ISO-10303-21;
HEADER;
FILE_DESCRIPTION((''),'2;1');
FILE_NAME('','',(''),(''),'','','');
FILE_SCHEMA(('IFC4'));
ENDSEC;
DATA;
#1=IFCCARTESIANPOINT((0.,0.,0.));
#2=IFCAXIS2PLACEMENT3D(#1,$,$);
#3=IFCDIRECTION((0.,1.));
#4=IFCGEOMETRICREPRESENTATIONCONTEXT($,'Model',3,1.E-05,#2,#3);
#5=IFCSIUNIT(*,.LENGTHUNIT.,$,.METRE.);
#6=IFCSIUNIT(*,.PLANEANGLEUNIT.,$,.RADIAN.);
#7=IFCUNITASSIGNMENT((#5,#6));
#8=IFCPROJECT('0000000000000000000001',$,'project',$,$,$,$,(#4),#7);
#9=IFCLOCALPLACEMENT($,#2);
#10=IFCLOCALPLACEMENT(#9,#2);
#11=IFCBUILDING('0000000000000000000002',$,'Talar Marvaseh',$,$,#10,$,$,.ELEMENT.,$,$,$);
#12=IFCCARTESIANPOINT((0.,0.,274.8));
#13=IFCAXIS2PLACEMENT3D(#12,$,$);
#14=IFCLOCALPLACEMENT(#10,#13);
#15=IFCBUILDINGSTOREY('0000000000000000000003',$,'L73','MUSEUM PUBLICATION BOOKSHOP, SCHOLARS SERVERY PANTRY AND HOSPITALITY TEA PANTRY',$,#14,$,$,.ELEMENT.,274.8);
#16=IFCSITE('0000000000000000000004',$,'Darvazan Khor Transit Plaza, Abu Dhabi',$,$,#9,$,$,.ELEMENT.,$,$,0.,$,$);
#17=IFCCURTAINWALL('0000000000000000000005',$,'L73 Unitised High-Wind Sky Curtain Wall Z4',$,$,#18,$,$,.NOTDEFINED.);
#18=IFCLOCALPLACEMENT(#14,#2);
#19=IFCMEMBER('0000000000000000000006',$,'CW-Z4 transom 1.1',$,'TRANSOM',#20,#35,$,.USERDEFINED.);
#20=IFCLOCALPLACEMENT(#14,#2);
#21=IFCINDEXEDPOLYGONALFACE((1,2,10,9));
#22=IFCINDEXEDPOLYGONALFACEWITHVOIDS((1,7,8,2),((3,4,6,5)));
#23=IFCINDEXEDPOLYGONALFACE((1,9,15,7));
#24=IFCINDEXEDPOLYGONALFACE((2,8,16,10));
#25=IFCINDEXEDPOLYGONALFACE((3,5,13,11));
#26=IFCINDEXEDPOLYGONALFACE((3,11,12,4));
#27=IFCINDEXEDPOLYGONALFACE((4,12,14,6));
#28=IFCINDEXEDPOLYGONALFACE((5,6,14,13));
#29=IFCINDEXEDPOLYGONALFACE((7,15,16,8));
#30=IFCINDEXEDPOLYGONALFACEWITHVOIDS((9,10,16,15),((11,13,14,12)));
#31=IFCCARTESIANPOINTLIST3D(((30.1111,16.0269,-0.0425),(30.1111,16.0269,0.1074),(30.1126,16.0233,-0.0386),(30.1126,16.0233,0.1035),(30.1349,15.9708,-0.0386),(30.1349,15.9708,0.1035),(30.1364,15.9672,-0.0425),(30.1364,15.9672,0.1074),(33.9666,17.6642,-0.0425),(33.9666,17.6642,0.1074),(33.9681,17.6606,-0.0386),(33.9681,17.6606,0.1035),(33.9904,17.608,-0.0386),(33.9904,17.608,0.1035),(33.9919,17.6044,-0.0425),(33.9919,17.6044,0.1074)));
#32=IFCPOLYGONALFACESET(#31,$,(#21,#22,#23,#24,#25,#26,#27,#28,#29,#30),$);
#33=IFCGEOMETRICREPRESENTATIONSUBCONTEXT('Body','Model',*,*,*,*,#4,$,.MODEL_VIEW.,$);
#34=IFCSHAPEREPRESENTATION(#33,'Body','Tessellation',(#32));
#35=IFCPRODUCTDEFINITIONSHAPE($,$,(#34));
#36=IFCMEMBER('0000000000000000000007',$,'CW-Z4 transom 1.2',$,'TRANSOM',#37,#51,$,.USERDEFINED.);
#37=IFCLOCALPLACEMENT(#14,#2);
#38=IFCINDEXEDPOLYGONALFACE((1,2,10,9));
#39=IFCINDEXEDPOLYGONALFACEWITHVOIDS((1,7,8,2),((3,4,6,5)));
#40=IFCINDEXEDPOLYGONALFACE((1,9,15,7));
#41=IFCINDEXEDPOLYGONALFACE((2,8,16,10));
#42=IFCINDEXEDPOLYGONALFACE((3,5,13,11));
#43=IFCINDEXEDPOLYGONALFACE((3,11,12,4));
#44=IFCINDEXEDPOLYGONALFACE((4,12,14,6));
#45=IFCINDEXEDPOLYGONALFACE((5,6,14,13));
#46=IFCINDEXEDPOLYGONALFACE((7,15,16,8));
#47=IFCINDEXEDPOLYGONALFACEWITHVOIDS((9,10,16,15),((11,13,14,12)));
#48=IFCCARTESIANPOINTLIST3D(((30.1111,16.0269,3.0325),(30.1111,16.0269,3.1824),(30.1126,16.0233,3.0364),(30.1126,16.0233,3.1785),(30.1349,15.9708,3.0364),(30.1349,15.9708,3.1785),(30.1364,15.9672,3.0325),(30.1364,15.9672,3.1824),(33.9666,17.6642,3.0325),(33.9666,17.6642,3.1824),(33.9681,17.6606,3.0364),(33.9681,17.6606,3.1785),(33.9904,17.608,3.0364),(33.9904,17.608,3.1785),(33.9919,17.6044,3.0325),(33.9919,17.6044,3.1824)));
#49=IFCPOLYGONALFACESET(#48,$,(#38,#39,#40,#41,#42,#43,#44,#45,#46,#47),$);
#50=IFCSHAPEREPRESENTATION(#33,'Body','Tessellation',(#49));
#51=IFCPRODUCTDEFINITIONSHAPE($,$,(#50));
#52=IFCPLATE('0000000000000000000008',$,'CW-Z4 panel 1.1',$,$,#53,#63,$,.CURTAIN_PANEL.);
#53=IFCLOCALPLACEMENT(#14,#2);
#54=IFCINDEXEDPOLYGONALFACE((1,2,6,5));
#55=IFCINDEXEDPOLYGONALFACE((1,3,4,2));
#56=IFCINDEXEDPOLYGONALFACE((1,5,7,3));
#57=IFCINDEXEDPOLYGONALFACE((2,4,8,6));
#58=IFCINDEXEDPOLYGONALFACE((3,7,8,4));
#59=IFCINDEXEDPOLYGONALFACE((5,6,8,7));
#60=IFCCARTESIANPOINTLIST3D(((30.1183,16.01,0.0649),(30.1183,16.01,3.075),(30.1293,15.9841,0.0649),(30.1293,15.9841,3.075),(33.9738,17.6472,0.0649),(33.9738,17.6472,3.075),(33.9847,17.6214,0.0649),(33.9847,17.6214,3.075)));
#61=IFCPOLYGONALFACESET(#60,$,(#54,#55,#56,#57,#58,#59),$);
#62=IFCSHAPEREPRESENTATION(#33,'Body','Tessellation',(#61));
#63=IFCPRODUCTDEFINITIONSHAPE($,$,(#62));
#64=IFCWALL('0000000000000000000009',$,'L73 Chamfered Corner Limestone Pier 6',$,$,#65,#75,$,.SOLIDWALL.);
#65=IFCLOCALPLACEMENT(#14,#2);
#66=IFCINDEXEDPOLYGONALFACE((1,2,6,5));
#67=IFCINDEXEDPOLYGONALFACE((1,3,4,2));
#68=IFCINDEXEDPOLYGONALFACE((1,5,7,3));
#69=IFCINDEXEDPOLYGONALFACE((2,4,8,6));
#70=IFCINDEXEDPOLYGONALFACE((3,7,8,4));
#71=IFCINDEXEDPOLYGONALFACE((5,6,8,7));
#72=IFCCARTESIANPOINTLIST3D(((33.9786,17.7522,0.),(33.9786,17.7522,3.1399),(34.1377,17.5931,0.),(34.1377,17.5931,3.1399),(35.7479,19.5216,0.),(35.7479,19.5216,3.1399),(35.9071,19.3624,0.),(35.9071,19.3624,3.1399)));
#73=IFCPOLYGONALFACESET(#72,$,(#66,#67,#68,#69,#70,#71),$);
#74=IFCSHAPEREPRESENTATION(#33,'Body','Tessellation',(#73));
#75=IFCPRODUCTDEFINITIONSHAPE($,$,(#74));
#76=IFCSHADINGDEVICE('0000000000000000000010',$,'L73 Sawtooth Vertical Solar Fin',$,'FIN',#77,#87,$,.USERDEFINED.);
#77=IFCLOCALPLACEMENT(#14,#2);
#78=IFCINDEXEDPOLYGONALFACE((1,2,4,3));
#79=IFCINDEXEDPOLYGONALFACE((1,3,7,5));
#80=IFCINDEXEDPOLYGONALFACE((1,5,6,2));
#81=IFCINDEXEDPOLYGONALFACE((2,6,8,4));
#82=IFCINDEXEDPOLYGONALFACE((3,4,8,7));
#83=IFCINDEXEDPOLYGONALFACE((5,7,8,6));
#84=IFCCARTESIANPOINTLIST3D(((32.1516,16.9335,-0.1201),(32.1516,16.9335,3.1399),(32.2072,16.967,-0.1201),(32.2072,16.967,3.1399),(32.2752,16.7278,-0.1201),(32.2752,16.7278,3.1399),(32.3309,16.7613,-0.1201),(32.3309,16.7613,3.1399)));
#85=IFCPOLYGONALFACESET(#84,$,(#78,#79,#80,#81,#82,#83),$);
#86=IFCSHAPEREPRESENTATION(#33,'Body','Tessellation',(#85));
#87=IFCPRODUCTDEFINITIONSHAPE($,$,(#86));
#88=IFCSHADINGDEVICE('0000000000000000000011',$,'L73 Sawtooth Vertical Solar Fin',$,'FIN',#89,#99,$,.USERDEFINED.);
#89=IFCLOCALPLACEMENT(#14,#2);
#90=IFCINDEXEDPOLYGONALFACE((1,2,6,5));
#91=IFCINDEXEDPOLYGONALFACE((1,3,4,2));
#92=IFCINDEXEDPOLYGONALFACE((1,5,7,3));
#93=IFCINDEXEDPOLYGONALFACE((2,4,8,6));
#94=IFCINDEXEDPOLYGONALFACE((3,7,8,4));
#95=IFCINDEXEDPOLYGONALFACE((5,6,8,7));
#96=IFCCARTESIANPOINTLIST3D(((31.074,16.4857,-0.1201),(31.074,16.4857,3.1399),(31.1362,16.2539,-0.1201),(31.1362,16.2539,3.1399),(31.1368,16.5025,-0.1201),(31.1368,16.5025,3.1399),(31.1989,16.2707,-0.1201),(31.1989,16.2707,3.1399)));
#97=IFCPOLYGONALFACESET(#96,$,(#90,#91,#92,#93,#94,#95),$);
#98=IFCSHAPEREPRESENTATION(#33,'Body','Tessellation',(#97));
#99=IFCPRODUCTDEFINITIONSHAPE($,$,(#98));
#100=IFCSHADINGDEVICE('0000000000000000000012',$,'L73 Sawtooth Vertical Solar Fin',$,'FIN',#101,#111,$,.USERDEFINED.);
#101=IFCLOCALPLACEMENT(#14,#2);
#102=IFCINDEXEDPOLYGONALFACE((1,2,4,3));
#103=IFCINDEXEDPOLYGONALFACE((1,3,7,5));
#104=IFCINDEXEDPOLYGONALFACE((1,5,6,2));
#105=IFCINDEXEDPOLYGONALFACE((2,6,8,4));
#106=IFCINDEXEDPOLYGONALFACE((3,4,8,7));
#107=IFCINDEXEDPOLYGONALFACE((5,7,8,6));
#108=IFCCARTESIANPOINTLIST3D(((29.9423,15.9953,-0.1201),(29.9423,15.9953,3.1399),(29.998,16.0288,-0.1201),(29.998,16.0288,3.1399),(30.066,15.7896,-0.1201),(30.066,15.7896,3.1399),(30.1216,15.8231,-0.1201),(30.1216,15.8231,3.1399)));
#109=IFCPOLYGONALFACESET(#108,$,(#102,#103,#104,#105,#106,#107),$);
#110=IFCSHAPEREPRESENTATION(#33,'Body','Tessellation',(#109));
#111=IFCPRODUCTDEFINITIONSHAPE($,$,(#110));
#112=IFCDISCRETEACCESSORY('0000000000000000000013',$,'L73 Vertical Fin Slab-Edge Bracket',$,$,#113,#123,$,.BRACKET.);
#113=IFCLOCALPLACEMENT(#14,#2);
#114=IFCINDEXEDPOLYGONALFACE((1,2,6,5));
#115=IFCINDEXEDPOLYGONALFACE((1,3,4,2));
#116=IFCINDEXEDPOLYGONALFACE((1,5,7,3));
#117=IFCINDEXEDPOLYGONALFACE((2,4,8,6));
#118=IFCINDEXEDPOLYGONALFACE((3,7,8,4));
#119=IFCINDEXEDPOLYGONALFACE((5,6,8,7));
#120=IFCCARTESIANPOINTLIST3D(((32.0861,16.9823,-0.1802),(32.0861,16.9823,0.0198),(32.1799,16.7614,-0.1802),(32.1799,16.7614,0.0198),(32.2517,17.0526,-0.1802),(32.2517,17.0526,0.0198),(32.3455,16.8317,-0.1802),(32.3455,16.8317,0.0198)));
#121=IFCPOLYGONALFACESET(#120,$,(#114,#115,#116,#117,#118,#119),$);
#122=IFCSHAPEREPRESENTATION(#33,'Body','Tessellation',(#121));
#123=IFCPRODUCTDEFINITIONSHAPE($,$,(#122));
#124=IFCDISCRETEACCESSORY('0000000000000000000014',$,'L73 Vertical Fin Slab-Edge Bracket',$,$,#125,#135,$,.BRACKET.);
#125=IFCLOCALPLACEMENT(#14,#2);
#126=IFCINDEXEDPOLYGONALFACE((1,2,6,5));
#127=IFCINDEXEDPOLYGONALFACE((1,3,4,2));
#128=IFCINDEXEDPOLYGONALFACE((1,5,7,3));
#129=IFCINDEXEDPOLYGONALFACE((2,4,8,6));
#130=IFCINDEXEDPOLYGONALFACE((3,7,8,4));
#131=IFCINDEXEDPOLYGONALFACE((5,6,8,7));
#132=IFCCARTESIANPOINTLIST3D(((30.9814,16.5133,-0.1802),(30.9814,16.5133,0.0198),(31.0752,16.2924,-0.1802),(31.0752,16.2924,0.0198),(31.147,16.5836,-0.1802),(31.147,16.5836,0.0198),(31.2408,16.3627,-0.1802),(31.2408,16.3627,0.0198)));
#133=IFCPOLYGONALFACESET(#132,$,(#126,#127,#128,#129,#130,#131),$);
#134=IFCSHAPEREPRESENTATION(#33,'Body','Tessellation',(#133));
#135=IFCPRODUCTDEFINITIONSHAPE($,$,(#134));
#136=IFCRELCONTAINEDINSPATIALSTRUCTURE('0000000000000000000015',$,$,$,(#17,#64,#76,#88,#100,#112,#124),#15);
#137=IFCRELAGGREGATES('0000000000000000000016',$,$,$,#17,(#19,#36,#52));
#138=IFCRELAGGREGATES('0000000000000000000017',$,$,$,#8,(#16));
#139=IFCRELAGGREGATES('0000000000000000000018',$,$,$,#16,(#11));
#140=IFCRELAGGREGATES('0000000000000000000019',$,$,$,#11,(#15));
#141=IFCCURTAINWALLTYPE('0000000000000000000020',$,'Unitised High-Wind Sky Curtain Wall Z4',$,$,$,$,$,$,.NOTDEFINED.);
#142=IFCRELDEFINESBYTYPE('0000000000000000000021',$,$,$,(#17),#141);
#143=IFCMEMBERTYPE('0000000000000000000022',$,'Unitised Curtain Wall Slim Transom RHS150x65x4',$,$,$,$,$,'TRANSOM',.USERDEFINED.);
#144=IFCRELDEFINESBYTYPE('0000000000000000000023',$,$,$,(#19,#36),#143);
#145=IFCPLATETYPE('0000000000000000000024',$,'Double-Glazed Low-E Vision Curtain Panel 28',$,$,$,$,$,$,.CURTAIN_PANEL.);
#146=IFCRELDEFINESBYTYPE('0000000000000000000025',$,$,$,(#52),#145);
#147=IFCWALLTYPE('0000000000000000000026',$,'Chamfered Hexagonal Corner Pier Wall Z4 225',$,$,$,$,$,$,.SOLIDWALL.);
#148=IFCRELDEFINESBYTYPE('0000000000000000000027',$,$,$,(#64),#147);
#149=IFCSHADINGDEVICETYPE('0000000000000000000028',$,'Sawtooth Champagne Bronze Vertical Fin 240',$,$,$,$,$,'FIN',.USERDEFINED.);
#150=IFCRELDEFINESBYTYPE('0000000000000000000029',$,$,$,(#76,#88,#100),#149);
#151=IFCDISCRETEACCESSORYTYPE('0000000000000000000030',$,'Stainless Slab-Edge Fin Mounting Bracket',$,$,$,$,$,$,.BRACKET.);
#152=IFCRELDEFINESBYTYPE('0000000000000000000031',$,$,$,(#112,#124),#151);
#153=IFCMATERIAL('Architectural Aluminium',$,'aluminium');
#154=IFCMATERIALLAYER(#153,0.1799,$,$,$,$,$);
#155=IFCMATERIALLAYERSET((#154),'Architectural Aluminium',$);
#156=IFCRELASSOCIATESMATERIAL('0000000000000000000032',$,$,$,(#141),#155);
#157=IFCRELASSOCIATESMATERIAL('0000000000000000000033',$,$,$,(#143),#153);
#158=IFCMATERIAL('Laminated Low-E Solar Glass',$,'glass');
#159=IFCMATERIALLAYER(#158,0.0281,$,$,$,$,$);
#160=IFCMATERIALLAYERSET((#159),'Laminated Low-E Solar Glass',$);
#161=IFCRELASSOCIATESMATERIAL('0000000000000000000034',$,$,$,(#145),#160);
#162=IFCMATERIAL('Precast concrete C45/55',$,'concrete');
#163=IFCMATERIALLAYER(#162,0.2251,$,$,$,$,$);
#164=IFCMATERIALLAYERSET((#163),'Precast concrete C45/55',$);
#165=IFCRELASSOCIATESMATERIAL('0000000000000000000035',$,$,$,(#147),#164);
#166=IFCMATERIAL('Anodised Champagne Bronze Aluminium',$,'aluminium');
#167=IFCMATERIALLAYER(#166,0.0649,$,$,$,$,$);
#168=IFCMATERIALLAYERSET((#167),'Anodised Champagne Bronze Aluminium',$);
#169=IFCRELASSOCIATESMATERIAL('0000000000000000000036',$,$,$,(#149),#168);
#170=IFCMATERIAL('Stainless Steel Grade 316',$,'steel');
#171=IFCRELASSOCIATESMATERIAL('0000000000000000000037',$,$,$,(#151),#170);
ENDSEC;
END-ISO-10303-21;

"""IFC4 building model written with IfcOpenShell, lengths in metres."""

from ifc_helpers import new_model, si_unit, direction, frame, frame_2d, origin, origin_2d, place, context, subcontext, project, spatial, rectangle, hollow_rectangle, extrude, source, transform, mapped, material, layer, layer_set, material_profile, profile_set, type_object, type_shapes, element, aggregate, save


model = new_model("IFC4")

# Units and contexts
model_context = context("Model", 3, precision=1e-05, world=origin(), true_north=direction((0.0, 1.0)))
body_context = subcontext(model_context, "Body", "Model", "MODEL_VIEW")
ifc_project = project(units=[si_unit("LENGTHUNIT", "METRE"), si_unit("PLANEANGLEUNIT", "RADIAN")], contexts=[model_context])

# Site, building, storey
site_placement = place(None, origin())
site = spatial("IfcSite", under=ifc_project, at=site_placement, Name="Darvazan Khor Transit Plaza, Abu Dhabi", CompositionType="ELEMENT", RefElevation=0.0)
building_placement = place(site_placement, origin())
building = spatial("IfcBuilding", under=site, at=building_placement, Name="Talar Marvaseh", CompositionType="ELEMENT")
storey_placement = place(building_placement, frame((0.0, 0.0, 274.8)))
storey = spatial("IfcBuildingStorey", under=building, at=storey_placement, Name="L73", Description="MUSEUM PUBLICATION BOOKSHOP, SCHOLARS SERVERY PANTRY AND HOSPITALITY TEA PANTRY", CompositionType="ELEMENT", Elevation=274.8)

# Shared definitions
ifc_material_1 = material(Name="Architectural Aluminium", Category="aluminium")
ifc_layer_1 = layer(ifc_material_1, 0.1799)
ifc_layer_set_1 = layer_set([ifc_layer_1], Name="Architectural Aluminium")
curtain_wall_type = type_object("IfcCurtainWallType", Name="Unitised High-Wind Sky Curtain Wall Z4", PredefinedType="NOTDEFINED", material=ifc_layer_set_1)

# Curtain wall, members, plate
curtain_wall_1_placement = place(storey_placement, origin())
curtain_wall_1 = element("IfcCurtainWall", 1, at=curtain_wall_1_placement, inside=storey, type_object=curtain_wall_type, Name="L73 Unitised High-Wind Sky Curtain Wall Z4", PredefinedType="NOTDEFINED")
ifc_material_profile_1 = material_profile(ifc_material_1, hollow_rectangle(XDim=0.0649, YDim=0.1499, WallThickness=0.0039, at=origin_2d()), Name="RHS150x65x4")
ifc_profile_set_1 = profile_set([ifc_material_profile_1], Name="Architectural Aluminium")
member_type_1 = type_object("IfcMemberType", Name="Unitised Curtain Wall Slim Transom RHS150x65x4", ElementType="TRANSOM", PredefinedType="USERDEFINED", material=ifc_profile_set_1)
shared_shape_1 = source(origin(), body_context, "Body", "SweptSolid", [
    extrude(hollow_rectangle(XDim=0.0649, YDim=0.1499, WallThickness=0.0039, at=origin_2d()), origin(), (0.0, 0.0, 1.0), 4.1887),
])
member_1_placement = place(storey_placement, frame((33.9792, 17.6343, 0.0325), z_axis=(-0.920448, -0.390864, 0.0), x_axis=(0.390864, -0.920448, 0.0)))
member_1 = element("IfcMember", 2, at=member_1_placement, type_object=member_type_1, Name="CW-Z4 transom 1.1", ObjectType="TRANSOM", PredefinedType="USERDEFINED", context=body_context, shape_type="MappedRepresentation", body=[
    mapped(shared_shape_1, transform((0.0, 0.0, 0.0), x_axis=(1.0, 0.0, 0.0), y_axis=(0.0, 1.0, 0.0), z_axis=(0.0, 0.0, 1.0), scale=1.0)),
])
member_2_placement = place(storey_placement, frame((33.9792, 17.6343, 3.1074), z_axis=(-0.920448, -0.390864, 0.0), x_axis=(0.390864, -0.920448, 0.0)))
member_2 = element("IfcMember", 3, at=member_2_placement, type_object=member_type_1, Name="CW-Z4 transom 1.2", ObjectType="TRANSOM", PredefinedType="USERDEFINED", context=body_context, shape_type="MappedRepresentation", body=[
    mapped(shared_shape_1, transform((0.0, 0.0, 0.0), x_axis=(1.0, 0.0, 0.0), y_axis=(0.0, 1.0, 0.0), z_axis=(0.0, 0.0, 1.0), scale=1.0)),
])
ifc_material_2 = material(Name="Laminated Low-E Solar Glass", Category="glass")
ifc_layer_2 = layer(ifc_material_2, 0.0281)
ifc_layer_set_2 = layer_set([ifc_layer_2], Name="Laminated Low-E Solar Glass")
plate_type = type_object("IfcPlateType", Name="Double-Glazed Low-E Vision Curtain Panel 28", PredefinedType="CURTAIN_PANEL", material=ifc_layer_set_2)
shared_shape_2 = source(origin(), body_context, "Body", "SweptSolid", [
    extrude(rectangle(XDim=4.1887, YDim=0.0281, at=origin_2d()), origin(), (0.0, 0.0, 1.0), 3.01),
])
type_shapes(plate_type, [shared_shape_2])
plate_placement = place(storey_placement, frame((32.0515, 16.8157, 0.0649), z_axis=(0.0, 0.0, 1.0), x_axis=(-0.920445, -0.390873, 0.0)))
plate = element("IfcPlate", 4, at=plate_placement, type_object=plate_type, Name="CW-Z4 panel 1.1", PredefinedType="CURTAIN_PANEL", context=body_context, shape_type="MappedRepresentation", body=[
    mapped(shared_shape_2, transform((0.0, 0.0, 0.0), x_axis=(1.0, 0.0, 0.0), y_axis=(0.0, 1.0, 0.0), z_axis=(0.0, 0.0, 1.0), scale=1.0)),
])
aggregate(curtain_wall_1, [member_1, member_2, plate])

# Wall
ifc_material_3 = material(Name="Precast concrete C45/55", Category="concrete")
ifc_layer_3 = layer(ifc_material_3, 0.2251)
ifc_layer_set_3 = layer_set([ifc_layer_3], Name="Precast concrete C45/55")
wall_type = type_object("IfcWallType", Name="Chamfered Hexagonal Corner Pier Wall Z4 225", PredefinedType="SOLIDWALL", material=ifc_layer_set_3)
wall_placement = place(storey_placement, frame((35.8274, 19.4419, 0.0), z_axis=(0.0, 0.0, 1.0), x_axis=(-0.707107, -0.707107, 0.0)))
element("IfcWall", 5, at=wall_placement, inside=storey, type_object=wall_type, Name="L73 Chamfered Corner Limestone Pier 6", PredefinedType="SOLIDWALL", context=body_context, shape_type="SweptSolid", body=[
    extrude(rectangle(XDim=2.5022, YDim=0.2251, at=frame_2d((1.251, 0.0))), origin(), (0.0, 0.0, 1.0), 3.1399),
])

# Shading devices
ifc_material_4 = material(Name="Anodised Champagne Bronze Aluminium", Category="aluminium")
ifc_layer_4 = layer(ifc_material_4, 0.0649)
ifc_layer_set_4 = layer_set([ifc_layer_4], Name="Anodised Champagne Bronze Aluminium")
shading_device_type = type_object("IfcShadingDeviceType", Name="Sawtooth Champagne Bronze Vertical Fin 240", ElementType="FIN", PredefinedType="USERDEFINED", material=ifc_layer_set_4)
shared_shape_3 = source(origin(), body_context, "Body", "SweptSolid", [
    extrude(rectangle(XDim=0.24, YDim=0.0649, at=origin_2d()), origin(), (0.0, 0.0, 1.0), 3.26),
])
type_shapes(shading_device_type, [shared_shape_3])
for number, where, z_axis, x_axis, name in (
    (6, (32.2412, 16.8474, -0.1201), (0.0, 0.0, 1.0), (0.515188, -0.857077, 0.0), "L73 Sawtooth Vertical Solar Fin"),
    (7, (31.1365, 16.3782, -0.1201), (0.0, 0.0, 1.0), (0.258988, -0.965881, 0.0), "L73 Sawtooth Vertical Solar Fin"),
    (8, (30.032, 15.9092, -0.1201), (0.0, 0.0, 1.0), (0.515188, -0.857077, 0.0), "L73 Sawtooth Vertical Solar Fin"),
):
    element("IfcShadingDevice", number, at=place(storey_placement, frame(where, z_axis=z_axis, x_axis=x_axis)), inside=storey, type_object=shading_device_type, Name=name, ObjectType="FIN", PredefinedType="USERDEFINED", context=body_context, shape_type="MappedRepresentation", body=[
        mapped(shared_shape_3, transform((0.0, 0.0, 0.0), x_axis=(1.0, 0.0, 0.0), y_axis=(0.0, 1.0, 0.0), z_axis=(0.0, 0.0, 1.0), scale=1.0)),
    ])

# Discrete accessories
ifc_material_5 = material(Name="Stainless Steel Grade 316", Category="steel")
discrete_accessory_type = type_object("IfcDiscreteAccessoryType", Name="Stainless Slab-Edge Fin Mounting Bracket", PredefinedType="BRACKET", material=ifc_material_5)
shared_shape_4 = source(origin(), body_context, "Body", "SweptSolid", [
    extrude(rectangle(XDim=0.24, YDim=0.1799, at=origin_2d()), origin(), (0.0, 0.0, 1.0), 0.2),
])
type_shapes(discrete_accessory_type, [shared_shape_4])
for number, where, z_axis, x_axis, name in (
    (9, (32.2158, 16.907, -0.1802), (0.0, 0.0, 1.0), (0.390892, -0.920437, 0.0), "L73 Vertical Fin Slab-Edge Bracket"),
    (10, (31.1111, 16.438, -0.1802), (0.0, 0.0, 1.0), (0.390892, -0.920437, 0.0), "L73 Vertical Fin Slab-Edge Bracket"),
):
    element("IfcDiscreteAccessory", number, at=place(storey_placement, frame(where, z_axis=z_axis, x_axis=x_axis)), inside=storey, type_object=discrete_accessory_type, Name=name, PredefinedType="BRACKET", context=body_context, shape_type="MappedRepresentation", body=[
        mapped(shared_shape_4, transform((0.0, 0.0, 0.0), x_axis=(1.0, 0.0, 0.0), y_axis=(0.0, 1.0, 0.0), z_axis=(0.0, 0.0, 1.0), scale=1.0)),
    ])

save(model, "model.ifc")
